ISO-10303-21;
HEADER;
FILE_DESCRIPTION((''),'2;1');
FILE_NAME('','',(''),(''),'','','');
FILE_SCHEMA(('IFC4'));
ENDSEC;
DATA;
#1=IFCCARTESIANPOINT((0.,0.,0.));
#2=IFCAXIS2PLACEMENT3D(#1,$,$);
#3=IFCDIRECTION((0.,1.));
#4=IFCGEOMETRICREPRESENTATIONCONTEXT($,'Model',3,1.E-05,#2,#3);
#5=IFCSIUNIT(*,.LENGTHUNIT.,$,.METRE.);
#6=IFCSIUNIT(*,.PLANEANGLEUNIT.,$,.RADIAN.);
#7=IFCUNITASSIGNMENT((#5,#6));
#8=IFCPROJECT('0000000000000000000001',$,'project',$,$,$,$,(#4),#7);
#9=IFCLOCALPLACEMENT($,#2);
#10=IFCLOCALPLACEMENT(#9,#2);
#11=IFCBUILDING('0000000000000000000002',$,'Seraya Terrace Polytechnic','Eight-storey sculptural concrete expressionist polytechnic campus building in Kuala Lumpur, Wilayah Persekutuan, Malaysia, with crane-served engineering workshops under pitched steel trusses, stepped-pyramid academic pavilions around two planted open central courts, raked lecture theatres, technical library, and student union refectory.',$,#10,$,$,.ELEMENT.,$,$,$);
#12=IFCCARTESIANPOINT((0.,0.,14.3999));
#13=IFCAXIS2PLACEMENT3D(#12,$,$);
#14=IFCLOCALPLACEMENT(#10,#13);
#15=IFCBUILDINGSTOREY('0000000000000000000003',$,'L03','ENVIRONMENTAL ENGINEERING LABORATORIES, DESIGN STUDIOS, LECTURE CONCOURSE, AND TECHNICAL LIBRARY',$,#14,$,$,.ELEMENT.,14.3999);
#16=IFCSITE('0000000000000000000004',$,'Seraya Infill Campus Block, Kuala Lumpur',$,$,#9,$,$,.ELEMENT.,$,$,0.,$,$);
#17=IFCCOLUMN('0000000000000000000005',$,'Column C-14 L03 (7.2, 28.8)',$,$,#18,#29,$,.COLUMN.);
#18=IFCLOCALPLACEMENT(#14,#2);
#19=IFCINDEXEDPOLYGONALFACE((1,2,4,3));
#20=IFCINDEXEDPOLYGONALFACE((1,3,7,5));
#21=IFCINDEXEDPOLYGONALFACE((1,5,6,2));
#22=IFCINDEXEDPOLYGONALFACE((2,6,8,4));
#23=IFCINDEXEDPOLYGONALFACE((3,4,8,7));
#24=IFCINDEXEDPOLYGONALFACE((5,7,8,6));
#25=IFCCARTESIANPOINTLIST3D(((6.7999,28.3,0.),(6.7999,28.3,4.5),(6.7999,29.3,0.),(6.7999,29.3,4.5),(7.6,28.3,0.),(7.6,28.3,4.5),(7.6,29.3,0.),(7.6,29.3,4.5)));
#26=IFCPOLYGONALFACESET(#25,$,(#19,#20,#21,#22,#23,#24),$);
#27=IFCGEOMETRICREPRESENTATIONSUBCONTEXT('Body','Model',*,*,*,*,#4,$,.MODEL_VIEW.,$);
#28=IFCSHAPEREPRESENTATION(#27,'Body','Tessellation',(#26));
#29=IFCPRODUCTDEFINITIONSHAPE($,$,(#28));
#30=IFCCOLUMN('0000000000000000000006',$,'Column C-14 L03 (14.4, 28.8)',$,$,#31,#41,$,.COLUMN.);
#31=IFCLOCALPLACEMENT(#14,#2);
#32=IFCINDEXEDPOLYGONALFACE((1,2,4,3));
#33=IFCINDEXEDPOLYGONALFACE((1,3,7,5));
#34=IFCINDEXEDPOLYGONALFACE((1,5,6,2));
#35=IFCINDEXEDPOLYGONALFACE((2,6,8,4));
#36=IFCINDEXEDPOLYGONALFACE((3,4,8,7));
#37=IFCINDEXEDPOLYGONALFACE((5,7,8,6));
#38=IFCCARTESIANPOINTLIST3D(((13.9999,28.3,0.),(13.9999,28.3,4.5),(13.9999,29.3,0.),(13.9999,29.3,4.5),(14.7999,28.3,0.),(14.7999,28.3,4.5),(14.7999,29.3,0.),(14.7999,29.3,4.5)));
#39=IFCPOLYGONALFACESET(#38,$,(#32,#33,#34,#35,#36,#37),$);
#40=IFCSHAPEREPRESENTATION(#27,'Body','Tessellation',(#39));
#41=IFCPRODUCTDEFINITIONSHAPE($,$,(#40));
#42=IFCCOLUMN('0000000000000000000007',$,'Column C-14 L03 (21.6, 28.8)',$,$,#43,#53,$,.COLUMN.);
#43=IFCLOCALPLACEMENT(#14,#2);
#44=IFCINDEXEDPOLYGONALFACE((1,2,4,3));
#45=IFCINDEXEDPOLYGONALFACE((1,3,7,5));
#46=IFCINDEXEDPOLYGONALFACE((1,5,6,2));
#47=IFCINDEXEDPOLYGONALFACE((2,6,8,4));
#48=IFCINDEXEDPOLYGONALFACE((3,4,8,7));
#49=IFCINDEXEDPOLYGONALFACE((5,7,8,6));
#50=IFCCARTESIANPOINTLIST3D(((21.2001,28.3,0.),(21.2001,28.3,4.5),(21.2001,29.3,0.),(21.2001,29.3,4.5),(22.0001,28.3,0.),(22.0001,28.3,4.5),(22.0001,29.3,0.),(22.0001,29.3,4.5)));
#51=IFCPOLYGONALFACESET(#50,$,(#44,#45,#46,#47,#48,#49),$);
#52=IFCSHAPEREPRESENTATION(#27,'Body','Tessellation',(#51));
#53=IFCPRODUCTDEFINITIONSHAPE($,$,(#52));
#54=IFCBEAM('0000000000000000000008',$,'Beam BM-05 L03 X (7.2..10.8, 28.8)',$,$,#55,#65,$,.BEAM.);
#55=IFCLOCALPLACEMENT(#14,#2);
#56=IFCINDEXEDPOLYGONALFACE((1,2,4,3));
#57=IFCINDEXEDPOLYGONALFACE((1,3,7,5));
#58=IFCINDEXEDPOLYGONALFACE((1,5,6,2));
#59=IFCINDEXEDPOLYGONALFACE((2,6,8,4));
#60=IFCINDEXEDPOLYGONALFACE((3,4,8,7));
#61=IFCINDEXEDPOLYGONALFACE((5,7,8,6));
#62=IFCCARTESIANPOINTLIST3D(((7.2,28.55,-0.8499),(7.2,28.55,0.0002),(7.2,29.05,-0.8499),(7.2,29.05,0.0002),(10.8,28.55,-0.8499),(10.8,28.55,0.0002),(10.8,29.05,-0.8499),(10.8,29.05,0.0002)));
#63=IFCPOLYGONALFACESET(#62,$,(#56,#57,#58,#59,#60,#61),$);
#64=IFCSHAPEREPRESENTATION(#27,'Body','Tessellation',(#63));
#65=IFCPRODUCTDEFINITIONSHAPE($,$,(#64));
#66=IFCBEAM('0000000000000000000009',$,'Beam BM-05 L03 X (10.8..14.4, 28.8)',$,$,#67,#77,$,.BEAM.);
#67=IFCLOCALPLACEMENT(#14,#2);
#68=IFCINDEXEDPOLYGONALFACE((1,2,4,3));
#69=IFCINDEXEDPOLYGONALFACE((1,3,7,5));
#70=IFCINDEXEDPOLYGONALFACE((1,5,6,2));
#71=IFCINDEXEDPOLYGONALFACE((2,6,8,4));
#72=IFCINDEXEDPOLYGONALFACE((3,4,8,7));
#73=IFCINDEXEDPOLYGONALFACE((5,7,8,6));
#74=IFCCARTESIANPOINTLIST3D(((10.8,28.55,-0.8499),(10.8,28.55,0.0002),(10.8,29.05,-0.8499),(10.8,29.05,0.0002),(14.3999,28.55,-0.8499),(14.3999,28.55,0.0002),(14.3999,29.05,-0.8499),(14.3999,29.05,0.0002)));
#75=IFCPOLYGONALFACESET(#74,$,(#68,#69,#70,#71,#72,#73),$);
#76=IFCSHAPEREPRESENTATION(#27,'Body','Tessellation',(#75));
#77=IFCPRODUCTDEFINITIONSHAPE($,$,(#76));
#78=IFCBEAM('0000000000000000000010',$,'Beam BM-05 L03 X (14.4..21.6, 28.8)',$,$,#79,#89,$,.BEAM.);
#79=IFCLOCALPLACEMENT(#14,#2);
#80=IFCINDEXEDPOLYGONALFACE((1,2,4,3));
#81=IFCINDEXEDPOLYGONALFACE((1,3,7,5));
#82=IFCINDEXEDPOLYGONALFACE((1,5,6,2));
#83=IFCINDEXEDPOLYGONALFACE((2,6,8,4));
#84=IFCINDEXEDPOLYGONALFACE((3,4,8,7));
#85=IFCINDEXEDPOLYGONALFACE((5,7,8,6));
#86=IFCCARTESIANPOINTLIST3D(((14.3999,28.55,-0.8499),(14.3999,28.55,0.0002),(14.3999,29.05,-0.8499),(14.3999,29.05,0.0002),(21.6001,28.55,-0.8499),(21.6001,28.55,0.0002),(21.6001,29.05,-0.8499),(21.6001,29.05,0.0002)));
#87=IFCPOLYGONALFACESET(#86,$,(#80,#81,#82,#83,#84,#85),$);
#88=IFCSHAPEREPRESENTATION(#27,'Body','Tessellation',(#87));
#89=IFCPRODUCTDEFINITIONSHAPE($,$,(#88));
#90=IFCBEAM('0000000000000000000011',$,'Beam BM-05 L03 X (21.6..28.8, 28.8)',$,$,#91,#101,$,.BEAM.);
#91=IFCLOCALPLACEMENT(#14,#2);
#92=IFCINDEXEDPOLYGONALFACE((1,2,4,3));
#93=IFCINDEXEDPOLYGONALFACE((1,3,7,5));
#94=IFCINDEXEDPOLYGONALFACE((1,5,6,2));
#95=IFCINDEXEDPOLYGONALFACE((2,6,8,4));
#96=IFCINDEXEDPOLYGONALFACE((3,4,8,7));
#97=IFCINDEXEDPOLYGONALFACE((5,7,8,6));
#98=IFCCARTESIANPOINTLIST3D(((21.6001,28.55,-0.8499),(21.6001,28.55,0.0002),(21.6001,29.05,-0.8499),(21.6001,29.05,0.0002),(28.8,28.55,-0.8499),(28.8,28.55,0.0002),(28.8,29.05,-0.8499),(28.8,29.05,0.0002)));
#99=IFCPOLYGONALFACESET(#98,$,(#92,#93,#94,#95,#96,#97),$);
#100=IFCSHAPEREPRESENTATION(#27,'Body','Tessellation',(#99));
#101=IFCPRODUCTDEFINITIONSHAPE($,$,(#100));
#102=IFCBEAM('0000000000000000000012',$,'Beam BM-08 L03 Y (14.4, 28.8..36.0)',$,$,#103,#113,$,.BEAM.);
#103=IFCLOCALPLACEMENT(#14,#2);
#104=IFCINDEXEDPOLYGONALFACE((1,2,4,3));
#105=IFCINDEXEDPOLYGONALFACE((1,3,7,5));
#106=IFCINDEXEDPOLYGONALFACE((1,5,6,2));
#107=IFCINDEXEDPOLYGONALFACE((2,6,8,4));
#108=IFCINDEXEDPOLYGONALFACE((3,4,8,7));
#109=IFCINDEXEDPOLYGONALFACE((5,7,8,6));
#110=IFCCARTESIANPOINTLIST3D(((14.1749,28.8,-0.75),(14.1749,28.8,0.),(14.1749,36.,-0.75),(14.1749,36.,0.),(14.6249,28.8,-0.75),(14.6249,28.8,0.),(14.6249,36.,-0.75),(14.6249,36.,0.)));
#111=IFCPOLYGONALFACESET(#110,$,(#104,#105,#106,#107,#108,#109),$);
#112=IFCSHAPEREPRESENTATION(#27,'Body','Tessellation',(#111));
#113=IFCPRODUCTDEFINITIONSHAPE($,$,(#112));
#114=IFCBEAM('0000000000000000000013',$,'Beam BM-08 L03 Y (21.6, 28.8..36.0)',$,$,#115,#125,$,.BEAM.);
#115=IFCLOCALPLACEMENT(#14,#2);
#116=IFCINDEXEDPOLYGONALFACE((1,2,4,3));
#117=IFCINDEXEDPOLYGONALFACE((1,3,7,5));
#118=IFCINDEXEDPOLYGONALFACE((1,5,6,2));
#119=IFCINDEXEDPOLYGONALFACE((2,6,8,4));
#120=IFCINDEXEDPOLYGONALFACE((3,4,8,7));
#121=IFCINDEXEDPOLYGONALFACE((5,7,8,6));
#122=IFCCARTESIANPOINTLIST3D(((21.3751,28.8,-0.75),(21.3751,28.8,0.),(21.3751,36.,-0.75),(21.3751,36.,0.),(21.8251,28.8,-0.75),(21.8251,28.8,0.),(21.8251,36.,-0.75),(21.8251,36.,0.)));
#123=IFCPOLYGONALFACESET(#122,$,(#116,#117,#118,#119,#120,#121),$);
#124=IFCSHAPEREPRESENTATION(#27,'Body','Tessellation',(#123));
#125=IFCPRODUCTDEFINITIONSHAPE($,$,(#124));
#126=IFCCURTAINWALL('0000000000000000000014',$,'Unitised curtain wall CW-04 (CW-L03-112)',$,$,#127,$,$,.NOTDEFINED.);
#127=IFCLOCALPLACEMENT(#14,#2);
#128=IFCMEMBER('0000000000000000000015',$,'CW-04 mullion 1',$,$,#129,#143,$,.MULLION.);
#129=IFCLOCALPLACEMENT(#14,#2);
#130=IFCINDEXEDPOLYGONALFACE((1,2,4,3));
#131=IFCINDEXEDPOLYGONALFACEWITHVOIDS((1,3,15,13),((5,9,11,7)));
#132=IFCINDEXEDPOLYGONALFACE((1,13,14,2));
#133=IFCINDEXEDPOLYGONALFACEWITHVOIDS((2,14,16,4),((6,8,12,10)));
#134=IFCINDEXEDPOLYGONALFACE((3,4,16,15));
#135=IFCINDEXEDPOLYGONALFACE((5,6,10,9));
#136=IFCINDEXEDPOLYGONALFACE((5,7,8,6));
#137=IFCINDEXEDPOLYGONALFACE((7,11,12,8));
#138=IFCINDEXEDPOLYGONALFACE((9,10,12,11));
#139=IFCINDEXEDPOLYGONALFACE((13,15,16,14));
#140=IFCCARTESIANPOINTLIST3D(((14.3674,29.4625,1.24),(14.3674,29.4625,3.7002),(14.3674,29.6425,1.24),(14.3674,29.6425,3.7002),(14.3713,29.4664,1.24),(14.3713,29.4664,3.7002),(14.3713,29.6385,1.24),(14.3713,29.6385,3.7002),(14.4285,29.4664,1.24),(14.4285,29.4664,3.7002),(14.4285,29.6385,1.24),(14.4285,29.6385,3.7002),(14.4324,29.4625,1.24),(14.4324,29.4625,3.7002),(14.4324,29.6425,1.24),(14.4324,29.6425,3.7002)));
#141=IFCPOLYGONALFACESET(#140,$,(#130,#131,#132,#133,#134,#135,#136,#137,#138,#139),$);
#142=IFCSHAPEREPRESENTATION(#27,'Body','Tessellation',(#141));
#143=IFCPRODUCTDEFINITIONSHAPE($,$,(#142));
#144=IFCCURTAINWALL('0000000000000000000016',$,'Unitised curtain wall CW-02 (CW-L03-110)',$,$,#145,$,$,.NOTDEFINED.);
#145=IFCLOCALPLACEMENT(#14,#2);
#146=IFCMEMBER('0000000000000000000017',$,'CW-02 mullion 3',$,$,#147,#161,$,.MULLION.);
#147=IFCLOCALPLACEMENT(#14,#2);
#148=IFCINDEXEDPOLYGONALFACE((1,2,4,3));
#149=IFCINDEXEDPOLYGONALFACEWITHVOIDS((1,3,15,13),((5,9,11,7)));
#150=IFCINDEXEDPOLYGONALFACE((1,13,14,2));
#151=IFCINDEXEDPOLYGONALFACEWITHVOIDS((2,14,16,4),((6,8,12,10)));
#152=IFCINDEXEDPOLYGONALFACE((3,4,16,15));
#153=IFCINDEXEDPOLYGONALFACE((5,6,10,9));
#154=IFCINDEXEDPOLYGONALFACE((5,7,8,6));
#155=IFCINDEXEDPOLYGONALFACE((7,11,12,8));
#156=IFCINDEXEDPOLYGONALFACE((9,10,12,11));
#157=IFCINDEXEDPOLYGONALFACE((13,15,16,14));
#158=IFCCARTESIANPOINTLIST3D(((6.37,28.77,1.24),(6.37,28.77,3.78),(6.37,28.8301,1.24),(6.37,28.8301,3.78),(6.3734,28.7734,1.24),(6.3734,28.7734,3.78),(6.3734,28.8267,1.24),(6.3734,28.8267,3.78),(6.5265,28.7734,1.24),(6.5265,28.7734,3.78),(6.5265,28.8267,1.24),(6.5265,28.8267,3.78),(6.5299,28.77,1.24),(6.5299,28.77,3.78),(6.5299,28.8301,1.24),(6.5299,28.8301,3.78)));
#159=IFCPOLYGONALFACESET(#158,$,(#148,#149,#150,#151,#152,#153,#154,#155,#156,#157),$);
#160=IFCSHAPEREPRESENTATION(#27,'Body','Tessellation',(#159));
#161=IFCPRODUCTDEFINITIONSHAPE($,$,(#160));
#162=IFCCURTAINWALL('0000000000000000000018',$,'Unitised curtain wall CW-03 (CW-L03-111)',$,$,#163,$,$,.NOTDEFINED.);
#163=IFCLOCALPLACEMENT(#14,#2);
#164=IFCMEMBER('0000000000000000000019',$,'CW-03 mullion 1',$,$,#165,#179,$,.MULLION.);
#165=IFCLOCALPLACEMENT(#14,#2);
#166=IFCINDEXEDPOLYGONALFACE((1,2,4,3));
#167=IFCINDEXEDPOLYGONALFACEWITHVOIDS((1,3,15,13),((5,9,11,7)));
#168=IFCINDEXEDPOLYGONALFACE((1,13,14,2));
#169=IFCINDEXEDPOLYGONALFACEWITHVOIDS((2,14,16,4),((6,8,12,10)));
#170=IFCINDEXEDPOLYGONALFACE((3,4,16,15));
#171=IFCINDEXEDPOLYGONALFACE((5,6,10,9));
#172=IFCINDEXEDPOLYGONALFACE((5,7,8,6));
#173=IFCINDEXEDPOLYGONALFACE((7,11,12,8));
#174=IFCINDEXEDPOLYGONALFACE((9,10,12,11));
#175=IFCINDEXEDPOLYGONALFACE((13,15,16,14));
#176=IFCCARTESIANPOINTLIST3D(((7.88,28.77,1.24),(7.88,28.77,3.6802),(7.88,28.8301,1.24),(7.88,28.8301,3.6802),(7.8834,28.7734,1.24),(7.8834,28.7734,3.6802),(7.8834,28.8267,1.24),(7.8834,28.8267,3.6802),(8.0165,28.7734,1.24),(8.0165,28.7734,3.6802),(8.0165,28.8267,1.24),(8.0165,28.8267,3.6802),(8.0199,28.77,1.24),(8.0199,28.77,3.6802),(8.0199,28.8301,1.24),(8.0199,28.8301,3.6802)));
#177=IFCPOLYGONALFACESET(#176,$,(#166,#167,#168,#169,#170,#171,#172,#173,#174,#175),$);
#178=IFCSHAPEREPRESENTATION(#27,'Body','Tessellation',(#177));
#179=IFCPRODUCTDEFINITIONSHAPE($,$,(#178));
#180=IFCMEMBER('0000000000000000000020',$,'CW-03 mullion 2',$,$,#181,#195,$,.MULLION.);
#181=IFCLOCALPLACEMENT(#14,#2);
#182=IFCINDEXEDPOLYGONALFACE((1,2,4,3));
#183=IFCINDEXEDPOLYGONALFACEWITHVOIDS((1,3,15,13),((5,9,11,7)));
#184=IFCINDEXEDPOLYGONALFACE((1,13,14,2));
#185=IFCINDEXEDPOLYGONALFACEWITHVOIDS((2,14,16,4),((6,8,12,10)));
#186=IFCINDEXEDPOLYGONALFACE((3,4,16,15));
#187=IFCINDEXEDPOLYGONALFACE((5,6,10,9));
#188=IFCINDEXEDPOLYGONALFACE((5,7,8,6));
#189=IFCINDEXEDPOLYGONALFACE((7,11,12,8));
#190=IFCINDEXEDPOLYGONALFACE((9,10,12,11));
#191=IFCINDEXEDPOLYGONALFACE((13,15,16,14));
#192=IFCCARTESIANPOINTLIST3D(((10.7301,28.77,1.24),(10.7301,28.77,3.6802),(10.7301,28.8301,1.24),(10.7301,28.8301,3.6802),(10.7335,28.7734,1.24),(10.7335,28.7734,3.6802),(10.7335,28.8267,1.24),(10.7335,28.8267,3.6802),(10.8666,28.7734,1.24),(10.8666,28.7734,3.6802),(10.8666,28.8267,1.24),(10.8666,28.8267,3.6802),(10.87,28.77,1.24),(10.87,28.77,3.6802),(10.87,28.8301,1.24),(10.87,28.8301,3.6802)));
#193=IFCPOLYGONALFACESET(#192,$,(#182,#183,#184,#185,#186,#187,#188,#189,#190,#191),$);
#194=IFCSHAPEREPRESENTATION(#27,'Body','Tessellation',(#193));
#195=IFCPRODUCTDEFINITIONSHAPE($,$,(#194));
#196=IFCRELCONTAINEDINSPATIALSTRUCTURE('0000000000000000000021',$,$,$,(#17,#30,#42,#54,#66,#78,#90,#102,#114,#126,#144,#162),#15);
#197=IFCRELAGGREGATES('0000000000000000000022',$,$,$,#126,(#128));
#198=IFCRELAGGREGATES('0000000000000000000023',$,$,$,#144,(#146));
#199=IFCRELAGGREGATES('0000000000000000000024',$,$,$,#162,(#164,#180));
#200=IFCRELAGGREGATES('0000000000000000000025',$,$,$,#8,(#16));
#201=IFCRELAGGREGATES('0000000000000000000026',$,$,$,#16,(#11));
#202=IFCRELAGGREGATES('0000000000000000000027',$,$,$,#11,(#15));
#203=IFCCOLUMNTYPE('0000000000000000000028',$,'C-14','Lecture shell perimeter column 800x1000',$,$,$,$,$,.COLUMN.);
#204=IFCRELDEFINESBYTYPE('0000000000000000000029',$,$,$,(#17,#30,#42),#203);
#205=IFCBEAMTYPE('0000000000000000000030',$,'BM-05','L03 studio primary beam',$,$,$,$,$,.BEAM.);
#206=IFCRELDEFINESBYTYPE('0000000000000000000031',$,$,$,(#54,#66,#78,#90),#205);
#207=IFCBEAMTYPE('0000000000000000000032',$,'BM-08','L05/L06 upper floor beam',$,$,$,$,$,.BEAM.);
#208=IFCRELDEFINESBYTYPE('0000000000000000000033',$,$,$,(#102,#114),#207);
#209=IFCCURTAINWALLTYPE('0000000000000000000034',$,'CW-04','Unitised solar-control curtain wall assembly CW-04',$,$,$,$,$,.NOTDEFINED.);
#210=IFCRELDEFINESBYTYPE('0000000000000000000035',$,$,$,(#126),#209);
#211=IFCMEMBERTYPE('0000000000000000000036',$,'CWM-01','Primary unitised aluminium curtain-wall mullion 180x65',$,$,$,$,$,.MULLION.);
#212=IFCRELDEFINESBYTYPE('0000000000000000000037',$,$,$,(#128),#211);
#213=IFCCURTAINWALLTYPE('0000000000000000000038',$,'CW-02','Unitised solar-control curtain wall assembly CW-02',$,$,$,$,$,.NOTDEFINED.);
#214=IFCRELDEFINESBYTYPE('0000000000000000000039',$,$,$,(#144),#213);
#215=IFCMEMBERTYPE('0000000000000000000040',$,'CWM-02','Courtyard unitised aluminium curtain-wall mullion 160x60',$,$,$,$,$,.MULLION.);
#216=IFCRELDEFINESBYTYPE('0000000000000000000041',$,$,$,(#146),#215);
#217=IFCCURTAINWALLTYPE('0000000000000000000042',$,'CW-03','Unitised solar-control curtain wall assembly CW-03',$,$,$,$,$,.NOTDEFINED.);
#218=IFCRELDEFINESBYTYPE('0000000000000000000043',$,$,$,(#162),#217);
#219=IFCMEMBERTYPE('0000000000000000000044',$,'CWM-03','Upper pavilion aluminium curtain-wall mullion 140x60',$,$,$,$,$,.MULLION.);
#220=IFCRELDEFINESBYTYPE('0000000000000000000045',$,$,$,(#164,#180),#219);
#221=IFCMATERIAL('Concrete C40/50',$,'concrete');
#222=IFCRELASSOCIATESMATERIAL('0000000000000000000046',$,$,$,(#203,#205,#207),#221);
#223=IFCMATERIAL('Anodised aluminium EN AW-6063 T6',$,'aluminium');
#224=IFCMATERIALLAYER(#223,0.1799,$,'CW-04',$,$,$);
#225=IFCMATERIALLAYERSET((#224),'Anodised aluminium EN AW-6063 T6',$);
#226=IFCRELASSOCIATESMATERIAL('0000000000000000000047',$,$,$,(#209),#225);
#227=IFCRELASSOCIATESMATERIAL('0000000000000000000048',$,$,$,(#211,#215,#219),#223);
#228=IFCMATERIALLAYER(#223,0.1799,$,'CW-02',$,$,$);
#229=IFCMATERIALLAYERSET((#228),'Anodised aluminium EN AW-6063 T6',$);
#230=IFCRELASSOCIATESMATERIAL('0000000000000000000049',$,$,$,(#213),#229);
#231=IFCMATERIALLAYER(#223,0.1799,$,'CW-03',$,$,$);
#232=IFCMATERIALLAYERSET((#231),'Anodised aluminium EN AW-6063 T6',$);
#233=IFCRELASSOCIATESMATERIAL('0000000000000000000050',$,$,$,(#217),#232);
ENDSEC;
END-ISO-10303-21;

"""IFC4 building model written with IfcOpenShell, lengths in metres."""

from ifc_helpers import new_model, si_unit, direction, frame, origin, origin_2d, place, context, subcontext, project, spatial, rectangle, hollow_rectangle, extrude, material, layer, layer_set, material_profile, profile_set, type_object, element, aggregate, save


model = new_model("IFC4")

# Units and contexts
model_context = context("Model", 3, precision=1e-05, world=origin(), true_north=direction((0.0, 1.0)))
body_context = subcontext(model_context, "Body", "Model", "MODEL_VIEW")
ifc_project = project(units=[si_unit("LENGTHUNIT", "METRE"), si_unit("PLANEANGLEUNIT", "RADIAN")], contexts=[model_context])

# Site, building, storey
site_placement = place(None, origin())
site = spatial("IfcSite", under=ifc_project, at=site_placement, Name="Seraya Infill Campus Block, Kuala Lumpur", CompositionType="ELEMENT", RefElevation=0.0)
building_placement = place(site_placement, origin())
building = spatial("IfcBuilding", under=site, at=building_placement, Name="Seraya Terrace Polytechnic", Description="Eight-storey sculptural concrete expressionist polytechnic campus building in Kuala Lumpur, Wilayah Persekutuan, Malaysia, with crane-served engineering workshops under pitched steel trusses, stepped-pyramid academic pavilions around two planted open central courts, raked lecture theatres, technical library, and student union refectory.", CompositionType="ELEMENT")
storey_placement = place(building_placement, frame((0.0, 0.0, 14.3999)))
storey = spatial("IfcBuildingStorey", under=building, at=storey_placement, Name="L03", Description="ENVIRONMENTAL ENGINEERING LABORATORIES, DESIGN STUDIOS, LECTURE CONCOURSE, AND TECHNICAL LIBRARY", CompositionType="ELEMENT", Elevation=14.3999)

# Columns
ifc_material_1 = material(Name="Concrete C40/50", Category="concrete")
ifc_material_profile_1 = material_profile(ifc_material_1, rectangle(XDim=0.8, YDim=1.0, at=origin_2d()), Name="RC 800x1000")
ifc_profile_set_1 = profile_set([ifc_material_profile_1], Name="Concrete C40/50")
column_type = type_object("IfcColumnType", Name="C-14", Description="Lecture shell perimeter column 800x1000", PredefinedType="COLUMN", material=ifc_profile_set_1)
for number, where, z_axis, x_axis, name in (
    (1, (7.2, 28.8, 0.0), (0.0, 0.0, 1.0), (1.0, 0.0, 0.0), "Column C-14 L03 (7.2, 28.8)"),
    (2, (14.3999, 28.8, 0.0), (0.0, 0.0, 1.0), (1.0, 0.0, 0.0), "Column C-14 L03 (14.4, 28.8)"),
    (3, (21.6001, 28.8, 0.0), (0.0, 0.0, 1.0), (1.0, 0.0, 0.0), "Column C-14 L03 (21.6, 28.8)"),
):
    element("IfcColumn", number, at=place(storey_placement, frame(where, z_axis=z_axis, x_axis=x_axis)), inside=storey, type_object=column_type, Name=name, PredefinedType="COLUMN", context=body_context, shape_type="SweptSolid", body=[
        extrude(rectangle(XDim=0.8, YDim=1.0, at=origin_2d()), origin(), (0.0, 0.0, 1.0), 4.5),
    ])

# Beams
ifc_material_profile_2 = material_profile(ifc_material_1, rectangle(XDim=0.5, YDim=0.8501, at=origin_2d()), Name="RC 500x850")
ifc_profile_set_2 = profile_set([ifc_material_profile_2], Name="Concrete C40/50")
beam_type_1 = type_object("IfcBeamType", Name="BM-05", Description="L03 studio primary beam", PredefinedType="BEAM", material=ifc_profile_set_2)
beam_1_placement = place(storey_placement, frame((7.2, 28.8, -0.4248), z_axis=(1.0, 0.0, 0.0), x_axis=(0.0, 1.0, 0.0)))
element("IfcBeam", 4, at=beam_1_placement, inside=storey, type_object=beam_type_1, Name="Beam BM-05 L03 X (7.2..10.8, 28.8)", PredefinedType="BEAM", context=body_context, shape_type="SweptSolid", body=[
    extrude(rectangle(XDim=0.5, YDim=0.8501, at=origin_2d()), origin(), (0.0, 0.0, 1.0), 3.6001),
])
beam_2_placement = place(storey_placement, frame((10.8, 28.8, -0.4248), z_axis=(1.0, 0.0, 0.0), x_axis=(0.0, 1.0, 0.0)))
element("IfcBeam", 5, at=beam_2_placement, inside=storey, type_object=beam_type_1, Name="Beam BM-05 L03 X (10.8..14.4, 28.8)", PredefinedType="BEAM", context=body_context, shape_type="SweptSolid", body=[
    extrude(rectangle(XDim=0.5, YDim=0.8501, at=origin_2d()), origin(), (0.0, 0.0, 1.0), 3.5999),
])
beam_3_placement = place(storey_placement, frame((14.3999, 28.8, -0.4248), z_axis=(1.0, 0.0, 0.0), x_axis=(0.0, 1.0, 0.0)))
element("IfcBeam", 6, at=beam_3_placement, inside=storey, type_object=beam_type_1, Name="Beam BM-05 L03 X (14.4..21.6, 28.8)", PredefinedType="BEAM", context=body_context, shape_type="SweptSolid", body=[
    extrude(rectangle(XDim=0.5, YDim=0.8501, at=origin_2d()), origin(), (0.0, 0.0, 1.0), 7.2002),
])
beam_4_placement = place(storey_placement, frame((21.6001, 28.8, -0.4248), z_axis=(1.0, 0.0, 0.0), x_axis=(0.0, 1.0, 0.0)))
element("IfcBeam", 7, at=beam_4_placement, inside=storey, type_object=beam_type_1, Name="Beam BM-05 L03 X (21.6..28.8, 28.8)", PredefinedType="BEAM", context=body_context, shape_type="SweptSolid", body=[
    extrude(rectangle(XDim=0.5, YDim=0.8501, at=origin_2d()), origin(), (0.0, 0.0, 1.0), 7.2),
])
ifc_material_profile_3 = material_profile(ifc_material_1, rectangle(XDim=0.45, YDim=0.75, at=origin_2d()), Name="RC 450x750")
ifc_profile_set_3 = profile_set([ifc_material_profile_3], Name="Concrete C40/50")
beam_type_2 = type_object("IfcBeamType", Name="BM-08", Description="L05/L06 upper floor beam", PredefinedType="BEAM", material=ifc_profile_set_3)
for number, where, z_axis, x_axis, name in (
    (8, (14.3999, 28.8, -0.375), (0.0, 1.0, 0.0), (-1.0, 0.0, 0.0), "Beam BM-08 L03 Y (14.4, 28.8..36.0)"),
    (9, (21.6001, 28.8, -0.375), (0.0, 1.0, 0.0), (-1.0, 0.0, 0.0), "Beam BM-08 L03 Y (21.6, 28.8..36.0)"),
):
    element("IfcBeam", number, at=place(storey_placement, frame(where, z_axis=z_axis, x_axis=x_axis)), inside=storey, type_object=beam_type_2, Name=name, PredefinedType="BEAM", context=body_context, shape_type="SweptSolid", body=[
        extrude(rectangle(XDim=0.45, YDim=0.75, at=origin_2d()), origin(), (0.0, 0.0, 1.0), 7.2),
    ])

# Curtain walls, members
ifc_material_2 = material(Name="Anodised aluminium EN AW-6063 T6", Category="aluminium")
ifc_layer_1 = layer(ifc_material_2, 0.1799, Name="CW-04")
ifc_layer_set_1 = layer_set([ifc_layer_1], Name="Anodised aluminium EN AW-6063 T6")
curtain_wall_type_1 = type_object("IfcCurtainWallType", Name="CW-04", Description="Unitised solar-control curtain wall assembly CW-04", PredefinedType="NOTDEFINED", material=ifc_layer_set_1)
curtain_wall_1_placement = place(storey_placement, origin())
curtain_wall_1 = element("IfcCurtainWall", 10, at=curtain_wall_1_placement, inside=storey, type_object=curtain_wall_type_1, Name="Unitised curtain wall CW-04 (CW-L03-112)", PredefinedType="NOTDEFINED")
ifc_material_profile_4 = material_profile(ifc_material_2, hollow_rectangle(XDim=0.0649, YDim=0.1799, WallThickness=0.0039, at=origin_2d()), Name="RHS 180x65x4.0")
ifc_profile_set_4 = profile_set([ifc_material_profile_4], Name="Anodised aluminium EN AW-6063 T6")
member_type_1 = type_object("IfcMemberType", Name="CWM-01", Description="Primary unitised aluminium curtain-wall mullion 180x65", PredefinedType="MULLION", material=ifc_profile_set_4)
member_1_placement = place(storey_placement, frame((14.3999, 29.5525, 1.24), z_axis=(0.0, 0.0, 1.0), x_axis=(-1.0, 0.0, 0.0)))
member_1 = element("IfcMember", 11, at=member_1_placement, type_object=member_type_1, Name="CW-04 mullion 1", PredefinedType="MULLION", context=body_context, shape_type="SweptSolid", body=[
    extrude(hollow_rectangle(XDim=0.0649, YDim=0.1799, WallThickness=0.0039, at=origin_2d()), origin(), (0.0, 0.0, 1.0), 2.4602),
])
ifc_layer_2 = layer(ifc_material_2, 0.1799, Name="CW-02")
ifc_layer_set_2 = layer_set([ifc_layer_2], Name="Anodised aluminium EN AW-6063 T6")
curtain_wall_type_2 = type_object("IfcCurtainWallType", Name="CW-02", Description="Unitised solar-control curtain wall assembly CW-02", PredefinedType="NOTDEFINED", material=ifc_layer_set_2)
curtain_wall_2_placement = place(storey_placement, origin())
curtain_wall_2 = element("IfcCurtainWall", 12, at=curtain_wall_2_placement, inside=storey, type_object=curtain_wall_type_2, Name="Unitised curtain wall CW-02 (CW-L03-110)", PredefinedType="NOTDEFINED")
ifc_material_profile_5 = material_profile(ifc_material_2, hollow_rectangle(XDim=0.0601, YDim=0.1599, WallThickness=0.0034, at=origin_2d()), Name="RHS 160x60x3.5")
ifc_profile_set_5 = profile_set([ifc_material_profile_5], Name="Anodised aluminium EN AW-6063 T6")
member_type_2 = type_object("IfcMemberType", Name="CWM-02", Description="Courtyard unitised aluminium curtain-wall mullion 160x60", PredefinedType="MULLION", material=ifc_profile_set_5)
member_2_placement = place(storey_placement, frame((6.45, 28.8, 1.24), z_axis=(0.0, 0.0, 1.0), x_axis=(0.0, 1.0, 0.0)))
member_2 = element("IfcMember", 13, at=member_2_placement, type_object=member_type_2, Name="CW-02 mullion 3", PredefinedType="MULLION", context=body_context, shape_type="SweptSolid", body=[
    extrude(hollow_rectangle(XDim=0.0601, YDim=0.1599, WallThickness=0.0034, at=origin_2d()), origin(), (0.0, 0.0, 1.0), 2.54),
])

# Curtain wall, members
ifc_layer_3 = layer(ifc_material_2, 0.1799, Name="CW-03")
ifc_layer_set_3 = layer_set([ifc_layer_3], Name="Anodised aluminium EN AW-6063 T6")
curtain_wall_type_3 = type_object("IfcCurtainWallType", Name="CW-03", Description="Unitised solar-control curtain wall assembly CW-03", PredefinedType="NOTDEFINED", material=ifc_layer_set_3)
curtain_wall_3_placement = place(storey_placement, origin())
curtain_wall_3 = element("IfcCurtainWall", 14, at=curtain_wall_3_placement, inside=storey, type_object=curtain_wall_type_3, Name="Unitised curtain wall CW-03 (CW-L03-111)", PredefinedType="NOTDEFINED")
ifc_material_profile_6 = material_profile(ifc_material_2, hollow_rectangle(XDim=0.0601, YDim=0.1399, WallThickness=0.0034, at=origin_2d()), Name="RHS 140x60x3.5")
ifc_profile_set_6 = profile_set([ifc_material_profile_6], Name="Anodised aluminium EN AW-6063 T6")
member_type_3 = type_object("IfcMemberType", Name="CWM-03", Description="Upper pavilion aluminium curtain-wall mullion 140x60", PredefinedType="MULLION", material=ifc_profile_set_6)
member_3_placement = place(storey_placement, frame((7.95, 28.8, 1.24), z_axis=(0.0, 0.0, 1.0), x_axis=(0.0, 1.0, 0.0)))
member_3 = element("IfcMember", 15, at=member_3_placement, type_object=member_type_3, Name="CW-03 mullion 1", PredefinedType="MULLION", context=body_context, shape_type="SweptSolid", body=[
    extrude(hollow_rectangle(XDim=0.0601, YDim=0.1399, WallThickness=0.0034, at=origin_2d()), origin(), (0.0, 0.0, 1.0), 2.4402),
])
member_4_placement = place(storey_placement, frame((10.8, 28.8, 1.24), z_axis=(0.0, 0.0, 1.0), x_axis=(0.0, 1.0, 0.0)))
member_4 = element("IfcMember", 16, at=member_4_placement, type_object=member_type_3, Name="CW-03 mullion 2", PredefinedType="MULLION", context=body_context, shape_type="SweptSolid", body=[
    extrude(hollow_rectangle(XDim=0.0601, YDim=0.1399, WallThickness=0.0034, at=origin_2d()), origin(), (0.0, 0.0, 1.0), 2.4402),
])

aggregate(curtain_wall_1, [member_1])
aggregate(curtain_wall_2, [member_2])
aggregate(curtain_wall_3, [member_3, member_4])

save(model, "model.ifc")
